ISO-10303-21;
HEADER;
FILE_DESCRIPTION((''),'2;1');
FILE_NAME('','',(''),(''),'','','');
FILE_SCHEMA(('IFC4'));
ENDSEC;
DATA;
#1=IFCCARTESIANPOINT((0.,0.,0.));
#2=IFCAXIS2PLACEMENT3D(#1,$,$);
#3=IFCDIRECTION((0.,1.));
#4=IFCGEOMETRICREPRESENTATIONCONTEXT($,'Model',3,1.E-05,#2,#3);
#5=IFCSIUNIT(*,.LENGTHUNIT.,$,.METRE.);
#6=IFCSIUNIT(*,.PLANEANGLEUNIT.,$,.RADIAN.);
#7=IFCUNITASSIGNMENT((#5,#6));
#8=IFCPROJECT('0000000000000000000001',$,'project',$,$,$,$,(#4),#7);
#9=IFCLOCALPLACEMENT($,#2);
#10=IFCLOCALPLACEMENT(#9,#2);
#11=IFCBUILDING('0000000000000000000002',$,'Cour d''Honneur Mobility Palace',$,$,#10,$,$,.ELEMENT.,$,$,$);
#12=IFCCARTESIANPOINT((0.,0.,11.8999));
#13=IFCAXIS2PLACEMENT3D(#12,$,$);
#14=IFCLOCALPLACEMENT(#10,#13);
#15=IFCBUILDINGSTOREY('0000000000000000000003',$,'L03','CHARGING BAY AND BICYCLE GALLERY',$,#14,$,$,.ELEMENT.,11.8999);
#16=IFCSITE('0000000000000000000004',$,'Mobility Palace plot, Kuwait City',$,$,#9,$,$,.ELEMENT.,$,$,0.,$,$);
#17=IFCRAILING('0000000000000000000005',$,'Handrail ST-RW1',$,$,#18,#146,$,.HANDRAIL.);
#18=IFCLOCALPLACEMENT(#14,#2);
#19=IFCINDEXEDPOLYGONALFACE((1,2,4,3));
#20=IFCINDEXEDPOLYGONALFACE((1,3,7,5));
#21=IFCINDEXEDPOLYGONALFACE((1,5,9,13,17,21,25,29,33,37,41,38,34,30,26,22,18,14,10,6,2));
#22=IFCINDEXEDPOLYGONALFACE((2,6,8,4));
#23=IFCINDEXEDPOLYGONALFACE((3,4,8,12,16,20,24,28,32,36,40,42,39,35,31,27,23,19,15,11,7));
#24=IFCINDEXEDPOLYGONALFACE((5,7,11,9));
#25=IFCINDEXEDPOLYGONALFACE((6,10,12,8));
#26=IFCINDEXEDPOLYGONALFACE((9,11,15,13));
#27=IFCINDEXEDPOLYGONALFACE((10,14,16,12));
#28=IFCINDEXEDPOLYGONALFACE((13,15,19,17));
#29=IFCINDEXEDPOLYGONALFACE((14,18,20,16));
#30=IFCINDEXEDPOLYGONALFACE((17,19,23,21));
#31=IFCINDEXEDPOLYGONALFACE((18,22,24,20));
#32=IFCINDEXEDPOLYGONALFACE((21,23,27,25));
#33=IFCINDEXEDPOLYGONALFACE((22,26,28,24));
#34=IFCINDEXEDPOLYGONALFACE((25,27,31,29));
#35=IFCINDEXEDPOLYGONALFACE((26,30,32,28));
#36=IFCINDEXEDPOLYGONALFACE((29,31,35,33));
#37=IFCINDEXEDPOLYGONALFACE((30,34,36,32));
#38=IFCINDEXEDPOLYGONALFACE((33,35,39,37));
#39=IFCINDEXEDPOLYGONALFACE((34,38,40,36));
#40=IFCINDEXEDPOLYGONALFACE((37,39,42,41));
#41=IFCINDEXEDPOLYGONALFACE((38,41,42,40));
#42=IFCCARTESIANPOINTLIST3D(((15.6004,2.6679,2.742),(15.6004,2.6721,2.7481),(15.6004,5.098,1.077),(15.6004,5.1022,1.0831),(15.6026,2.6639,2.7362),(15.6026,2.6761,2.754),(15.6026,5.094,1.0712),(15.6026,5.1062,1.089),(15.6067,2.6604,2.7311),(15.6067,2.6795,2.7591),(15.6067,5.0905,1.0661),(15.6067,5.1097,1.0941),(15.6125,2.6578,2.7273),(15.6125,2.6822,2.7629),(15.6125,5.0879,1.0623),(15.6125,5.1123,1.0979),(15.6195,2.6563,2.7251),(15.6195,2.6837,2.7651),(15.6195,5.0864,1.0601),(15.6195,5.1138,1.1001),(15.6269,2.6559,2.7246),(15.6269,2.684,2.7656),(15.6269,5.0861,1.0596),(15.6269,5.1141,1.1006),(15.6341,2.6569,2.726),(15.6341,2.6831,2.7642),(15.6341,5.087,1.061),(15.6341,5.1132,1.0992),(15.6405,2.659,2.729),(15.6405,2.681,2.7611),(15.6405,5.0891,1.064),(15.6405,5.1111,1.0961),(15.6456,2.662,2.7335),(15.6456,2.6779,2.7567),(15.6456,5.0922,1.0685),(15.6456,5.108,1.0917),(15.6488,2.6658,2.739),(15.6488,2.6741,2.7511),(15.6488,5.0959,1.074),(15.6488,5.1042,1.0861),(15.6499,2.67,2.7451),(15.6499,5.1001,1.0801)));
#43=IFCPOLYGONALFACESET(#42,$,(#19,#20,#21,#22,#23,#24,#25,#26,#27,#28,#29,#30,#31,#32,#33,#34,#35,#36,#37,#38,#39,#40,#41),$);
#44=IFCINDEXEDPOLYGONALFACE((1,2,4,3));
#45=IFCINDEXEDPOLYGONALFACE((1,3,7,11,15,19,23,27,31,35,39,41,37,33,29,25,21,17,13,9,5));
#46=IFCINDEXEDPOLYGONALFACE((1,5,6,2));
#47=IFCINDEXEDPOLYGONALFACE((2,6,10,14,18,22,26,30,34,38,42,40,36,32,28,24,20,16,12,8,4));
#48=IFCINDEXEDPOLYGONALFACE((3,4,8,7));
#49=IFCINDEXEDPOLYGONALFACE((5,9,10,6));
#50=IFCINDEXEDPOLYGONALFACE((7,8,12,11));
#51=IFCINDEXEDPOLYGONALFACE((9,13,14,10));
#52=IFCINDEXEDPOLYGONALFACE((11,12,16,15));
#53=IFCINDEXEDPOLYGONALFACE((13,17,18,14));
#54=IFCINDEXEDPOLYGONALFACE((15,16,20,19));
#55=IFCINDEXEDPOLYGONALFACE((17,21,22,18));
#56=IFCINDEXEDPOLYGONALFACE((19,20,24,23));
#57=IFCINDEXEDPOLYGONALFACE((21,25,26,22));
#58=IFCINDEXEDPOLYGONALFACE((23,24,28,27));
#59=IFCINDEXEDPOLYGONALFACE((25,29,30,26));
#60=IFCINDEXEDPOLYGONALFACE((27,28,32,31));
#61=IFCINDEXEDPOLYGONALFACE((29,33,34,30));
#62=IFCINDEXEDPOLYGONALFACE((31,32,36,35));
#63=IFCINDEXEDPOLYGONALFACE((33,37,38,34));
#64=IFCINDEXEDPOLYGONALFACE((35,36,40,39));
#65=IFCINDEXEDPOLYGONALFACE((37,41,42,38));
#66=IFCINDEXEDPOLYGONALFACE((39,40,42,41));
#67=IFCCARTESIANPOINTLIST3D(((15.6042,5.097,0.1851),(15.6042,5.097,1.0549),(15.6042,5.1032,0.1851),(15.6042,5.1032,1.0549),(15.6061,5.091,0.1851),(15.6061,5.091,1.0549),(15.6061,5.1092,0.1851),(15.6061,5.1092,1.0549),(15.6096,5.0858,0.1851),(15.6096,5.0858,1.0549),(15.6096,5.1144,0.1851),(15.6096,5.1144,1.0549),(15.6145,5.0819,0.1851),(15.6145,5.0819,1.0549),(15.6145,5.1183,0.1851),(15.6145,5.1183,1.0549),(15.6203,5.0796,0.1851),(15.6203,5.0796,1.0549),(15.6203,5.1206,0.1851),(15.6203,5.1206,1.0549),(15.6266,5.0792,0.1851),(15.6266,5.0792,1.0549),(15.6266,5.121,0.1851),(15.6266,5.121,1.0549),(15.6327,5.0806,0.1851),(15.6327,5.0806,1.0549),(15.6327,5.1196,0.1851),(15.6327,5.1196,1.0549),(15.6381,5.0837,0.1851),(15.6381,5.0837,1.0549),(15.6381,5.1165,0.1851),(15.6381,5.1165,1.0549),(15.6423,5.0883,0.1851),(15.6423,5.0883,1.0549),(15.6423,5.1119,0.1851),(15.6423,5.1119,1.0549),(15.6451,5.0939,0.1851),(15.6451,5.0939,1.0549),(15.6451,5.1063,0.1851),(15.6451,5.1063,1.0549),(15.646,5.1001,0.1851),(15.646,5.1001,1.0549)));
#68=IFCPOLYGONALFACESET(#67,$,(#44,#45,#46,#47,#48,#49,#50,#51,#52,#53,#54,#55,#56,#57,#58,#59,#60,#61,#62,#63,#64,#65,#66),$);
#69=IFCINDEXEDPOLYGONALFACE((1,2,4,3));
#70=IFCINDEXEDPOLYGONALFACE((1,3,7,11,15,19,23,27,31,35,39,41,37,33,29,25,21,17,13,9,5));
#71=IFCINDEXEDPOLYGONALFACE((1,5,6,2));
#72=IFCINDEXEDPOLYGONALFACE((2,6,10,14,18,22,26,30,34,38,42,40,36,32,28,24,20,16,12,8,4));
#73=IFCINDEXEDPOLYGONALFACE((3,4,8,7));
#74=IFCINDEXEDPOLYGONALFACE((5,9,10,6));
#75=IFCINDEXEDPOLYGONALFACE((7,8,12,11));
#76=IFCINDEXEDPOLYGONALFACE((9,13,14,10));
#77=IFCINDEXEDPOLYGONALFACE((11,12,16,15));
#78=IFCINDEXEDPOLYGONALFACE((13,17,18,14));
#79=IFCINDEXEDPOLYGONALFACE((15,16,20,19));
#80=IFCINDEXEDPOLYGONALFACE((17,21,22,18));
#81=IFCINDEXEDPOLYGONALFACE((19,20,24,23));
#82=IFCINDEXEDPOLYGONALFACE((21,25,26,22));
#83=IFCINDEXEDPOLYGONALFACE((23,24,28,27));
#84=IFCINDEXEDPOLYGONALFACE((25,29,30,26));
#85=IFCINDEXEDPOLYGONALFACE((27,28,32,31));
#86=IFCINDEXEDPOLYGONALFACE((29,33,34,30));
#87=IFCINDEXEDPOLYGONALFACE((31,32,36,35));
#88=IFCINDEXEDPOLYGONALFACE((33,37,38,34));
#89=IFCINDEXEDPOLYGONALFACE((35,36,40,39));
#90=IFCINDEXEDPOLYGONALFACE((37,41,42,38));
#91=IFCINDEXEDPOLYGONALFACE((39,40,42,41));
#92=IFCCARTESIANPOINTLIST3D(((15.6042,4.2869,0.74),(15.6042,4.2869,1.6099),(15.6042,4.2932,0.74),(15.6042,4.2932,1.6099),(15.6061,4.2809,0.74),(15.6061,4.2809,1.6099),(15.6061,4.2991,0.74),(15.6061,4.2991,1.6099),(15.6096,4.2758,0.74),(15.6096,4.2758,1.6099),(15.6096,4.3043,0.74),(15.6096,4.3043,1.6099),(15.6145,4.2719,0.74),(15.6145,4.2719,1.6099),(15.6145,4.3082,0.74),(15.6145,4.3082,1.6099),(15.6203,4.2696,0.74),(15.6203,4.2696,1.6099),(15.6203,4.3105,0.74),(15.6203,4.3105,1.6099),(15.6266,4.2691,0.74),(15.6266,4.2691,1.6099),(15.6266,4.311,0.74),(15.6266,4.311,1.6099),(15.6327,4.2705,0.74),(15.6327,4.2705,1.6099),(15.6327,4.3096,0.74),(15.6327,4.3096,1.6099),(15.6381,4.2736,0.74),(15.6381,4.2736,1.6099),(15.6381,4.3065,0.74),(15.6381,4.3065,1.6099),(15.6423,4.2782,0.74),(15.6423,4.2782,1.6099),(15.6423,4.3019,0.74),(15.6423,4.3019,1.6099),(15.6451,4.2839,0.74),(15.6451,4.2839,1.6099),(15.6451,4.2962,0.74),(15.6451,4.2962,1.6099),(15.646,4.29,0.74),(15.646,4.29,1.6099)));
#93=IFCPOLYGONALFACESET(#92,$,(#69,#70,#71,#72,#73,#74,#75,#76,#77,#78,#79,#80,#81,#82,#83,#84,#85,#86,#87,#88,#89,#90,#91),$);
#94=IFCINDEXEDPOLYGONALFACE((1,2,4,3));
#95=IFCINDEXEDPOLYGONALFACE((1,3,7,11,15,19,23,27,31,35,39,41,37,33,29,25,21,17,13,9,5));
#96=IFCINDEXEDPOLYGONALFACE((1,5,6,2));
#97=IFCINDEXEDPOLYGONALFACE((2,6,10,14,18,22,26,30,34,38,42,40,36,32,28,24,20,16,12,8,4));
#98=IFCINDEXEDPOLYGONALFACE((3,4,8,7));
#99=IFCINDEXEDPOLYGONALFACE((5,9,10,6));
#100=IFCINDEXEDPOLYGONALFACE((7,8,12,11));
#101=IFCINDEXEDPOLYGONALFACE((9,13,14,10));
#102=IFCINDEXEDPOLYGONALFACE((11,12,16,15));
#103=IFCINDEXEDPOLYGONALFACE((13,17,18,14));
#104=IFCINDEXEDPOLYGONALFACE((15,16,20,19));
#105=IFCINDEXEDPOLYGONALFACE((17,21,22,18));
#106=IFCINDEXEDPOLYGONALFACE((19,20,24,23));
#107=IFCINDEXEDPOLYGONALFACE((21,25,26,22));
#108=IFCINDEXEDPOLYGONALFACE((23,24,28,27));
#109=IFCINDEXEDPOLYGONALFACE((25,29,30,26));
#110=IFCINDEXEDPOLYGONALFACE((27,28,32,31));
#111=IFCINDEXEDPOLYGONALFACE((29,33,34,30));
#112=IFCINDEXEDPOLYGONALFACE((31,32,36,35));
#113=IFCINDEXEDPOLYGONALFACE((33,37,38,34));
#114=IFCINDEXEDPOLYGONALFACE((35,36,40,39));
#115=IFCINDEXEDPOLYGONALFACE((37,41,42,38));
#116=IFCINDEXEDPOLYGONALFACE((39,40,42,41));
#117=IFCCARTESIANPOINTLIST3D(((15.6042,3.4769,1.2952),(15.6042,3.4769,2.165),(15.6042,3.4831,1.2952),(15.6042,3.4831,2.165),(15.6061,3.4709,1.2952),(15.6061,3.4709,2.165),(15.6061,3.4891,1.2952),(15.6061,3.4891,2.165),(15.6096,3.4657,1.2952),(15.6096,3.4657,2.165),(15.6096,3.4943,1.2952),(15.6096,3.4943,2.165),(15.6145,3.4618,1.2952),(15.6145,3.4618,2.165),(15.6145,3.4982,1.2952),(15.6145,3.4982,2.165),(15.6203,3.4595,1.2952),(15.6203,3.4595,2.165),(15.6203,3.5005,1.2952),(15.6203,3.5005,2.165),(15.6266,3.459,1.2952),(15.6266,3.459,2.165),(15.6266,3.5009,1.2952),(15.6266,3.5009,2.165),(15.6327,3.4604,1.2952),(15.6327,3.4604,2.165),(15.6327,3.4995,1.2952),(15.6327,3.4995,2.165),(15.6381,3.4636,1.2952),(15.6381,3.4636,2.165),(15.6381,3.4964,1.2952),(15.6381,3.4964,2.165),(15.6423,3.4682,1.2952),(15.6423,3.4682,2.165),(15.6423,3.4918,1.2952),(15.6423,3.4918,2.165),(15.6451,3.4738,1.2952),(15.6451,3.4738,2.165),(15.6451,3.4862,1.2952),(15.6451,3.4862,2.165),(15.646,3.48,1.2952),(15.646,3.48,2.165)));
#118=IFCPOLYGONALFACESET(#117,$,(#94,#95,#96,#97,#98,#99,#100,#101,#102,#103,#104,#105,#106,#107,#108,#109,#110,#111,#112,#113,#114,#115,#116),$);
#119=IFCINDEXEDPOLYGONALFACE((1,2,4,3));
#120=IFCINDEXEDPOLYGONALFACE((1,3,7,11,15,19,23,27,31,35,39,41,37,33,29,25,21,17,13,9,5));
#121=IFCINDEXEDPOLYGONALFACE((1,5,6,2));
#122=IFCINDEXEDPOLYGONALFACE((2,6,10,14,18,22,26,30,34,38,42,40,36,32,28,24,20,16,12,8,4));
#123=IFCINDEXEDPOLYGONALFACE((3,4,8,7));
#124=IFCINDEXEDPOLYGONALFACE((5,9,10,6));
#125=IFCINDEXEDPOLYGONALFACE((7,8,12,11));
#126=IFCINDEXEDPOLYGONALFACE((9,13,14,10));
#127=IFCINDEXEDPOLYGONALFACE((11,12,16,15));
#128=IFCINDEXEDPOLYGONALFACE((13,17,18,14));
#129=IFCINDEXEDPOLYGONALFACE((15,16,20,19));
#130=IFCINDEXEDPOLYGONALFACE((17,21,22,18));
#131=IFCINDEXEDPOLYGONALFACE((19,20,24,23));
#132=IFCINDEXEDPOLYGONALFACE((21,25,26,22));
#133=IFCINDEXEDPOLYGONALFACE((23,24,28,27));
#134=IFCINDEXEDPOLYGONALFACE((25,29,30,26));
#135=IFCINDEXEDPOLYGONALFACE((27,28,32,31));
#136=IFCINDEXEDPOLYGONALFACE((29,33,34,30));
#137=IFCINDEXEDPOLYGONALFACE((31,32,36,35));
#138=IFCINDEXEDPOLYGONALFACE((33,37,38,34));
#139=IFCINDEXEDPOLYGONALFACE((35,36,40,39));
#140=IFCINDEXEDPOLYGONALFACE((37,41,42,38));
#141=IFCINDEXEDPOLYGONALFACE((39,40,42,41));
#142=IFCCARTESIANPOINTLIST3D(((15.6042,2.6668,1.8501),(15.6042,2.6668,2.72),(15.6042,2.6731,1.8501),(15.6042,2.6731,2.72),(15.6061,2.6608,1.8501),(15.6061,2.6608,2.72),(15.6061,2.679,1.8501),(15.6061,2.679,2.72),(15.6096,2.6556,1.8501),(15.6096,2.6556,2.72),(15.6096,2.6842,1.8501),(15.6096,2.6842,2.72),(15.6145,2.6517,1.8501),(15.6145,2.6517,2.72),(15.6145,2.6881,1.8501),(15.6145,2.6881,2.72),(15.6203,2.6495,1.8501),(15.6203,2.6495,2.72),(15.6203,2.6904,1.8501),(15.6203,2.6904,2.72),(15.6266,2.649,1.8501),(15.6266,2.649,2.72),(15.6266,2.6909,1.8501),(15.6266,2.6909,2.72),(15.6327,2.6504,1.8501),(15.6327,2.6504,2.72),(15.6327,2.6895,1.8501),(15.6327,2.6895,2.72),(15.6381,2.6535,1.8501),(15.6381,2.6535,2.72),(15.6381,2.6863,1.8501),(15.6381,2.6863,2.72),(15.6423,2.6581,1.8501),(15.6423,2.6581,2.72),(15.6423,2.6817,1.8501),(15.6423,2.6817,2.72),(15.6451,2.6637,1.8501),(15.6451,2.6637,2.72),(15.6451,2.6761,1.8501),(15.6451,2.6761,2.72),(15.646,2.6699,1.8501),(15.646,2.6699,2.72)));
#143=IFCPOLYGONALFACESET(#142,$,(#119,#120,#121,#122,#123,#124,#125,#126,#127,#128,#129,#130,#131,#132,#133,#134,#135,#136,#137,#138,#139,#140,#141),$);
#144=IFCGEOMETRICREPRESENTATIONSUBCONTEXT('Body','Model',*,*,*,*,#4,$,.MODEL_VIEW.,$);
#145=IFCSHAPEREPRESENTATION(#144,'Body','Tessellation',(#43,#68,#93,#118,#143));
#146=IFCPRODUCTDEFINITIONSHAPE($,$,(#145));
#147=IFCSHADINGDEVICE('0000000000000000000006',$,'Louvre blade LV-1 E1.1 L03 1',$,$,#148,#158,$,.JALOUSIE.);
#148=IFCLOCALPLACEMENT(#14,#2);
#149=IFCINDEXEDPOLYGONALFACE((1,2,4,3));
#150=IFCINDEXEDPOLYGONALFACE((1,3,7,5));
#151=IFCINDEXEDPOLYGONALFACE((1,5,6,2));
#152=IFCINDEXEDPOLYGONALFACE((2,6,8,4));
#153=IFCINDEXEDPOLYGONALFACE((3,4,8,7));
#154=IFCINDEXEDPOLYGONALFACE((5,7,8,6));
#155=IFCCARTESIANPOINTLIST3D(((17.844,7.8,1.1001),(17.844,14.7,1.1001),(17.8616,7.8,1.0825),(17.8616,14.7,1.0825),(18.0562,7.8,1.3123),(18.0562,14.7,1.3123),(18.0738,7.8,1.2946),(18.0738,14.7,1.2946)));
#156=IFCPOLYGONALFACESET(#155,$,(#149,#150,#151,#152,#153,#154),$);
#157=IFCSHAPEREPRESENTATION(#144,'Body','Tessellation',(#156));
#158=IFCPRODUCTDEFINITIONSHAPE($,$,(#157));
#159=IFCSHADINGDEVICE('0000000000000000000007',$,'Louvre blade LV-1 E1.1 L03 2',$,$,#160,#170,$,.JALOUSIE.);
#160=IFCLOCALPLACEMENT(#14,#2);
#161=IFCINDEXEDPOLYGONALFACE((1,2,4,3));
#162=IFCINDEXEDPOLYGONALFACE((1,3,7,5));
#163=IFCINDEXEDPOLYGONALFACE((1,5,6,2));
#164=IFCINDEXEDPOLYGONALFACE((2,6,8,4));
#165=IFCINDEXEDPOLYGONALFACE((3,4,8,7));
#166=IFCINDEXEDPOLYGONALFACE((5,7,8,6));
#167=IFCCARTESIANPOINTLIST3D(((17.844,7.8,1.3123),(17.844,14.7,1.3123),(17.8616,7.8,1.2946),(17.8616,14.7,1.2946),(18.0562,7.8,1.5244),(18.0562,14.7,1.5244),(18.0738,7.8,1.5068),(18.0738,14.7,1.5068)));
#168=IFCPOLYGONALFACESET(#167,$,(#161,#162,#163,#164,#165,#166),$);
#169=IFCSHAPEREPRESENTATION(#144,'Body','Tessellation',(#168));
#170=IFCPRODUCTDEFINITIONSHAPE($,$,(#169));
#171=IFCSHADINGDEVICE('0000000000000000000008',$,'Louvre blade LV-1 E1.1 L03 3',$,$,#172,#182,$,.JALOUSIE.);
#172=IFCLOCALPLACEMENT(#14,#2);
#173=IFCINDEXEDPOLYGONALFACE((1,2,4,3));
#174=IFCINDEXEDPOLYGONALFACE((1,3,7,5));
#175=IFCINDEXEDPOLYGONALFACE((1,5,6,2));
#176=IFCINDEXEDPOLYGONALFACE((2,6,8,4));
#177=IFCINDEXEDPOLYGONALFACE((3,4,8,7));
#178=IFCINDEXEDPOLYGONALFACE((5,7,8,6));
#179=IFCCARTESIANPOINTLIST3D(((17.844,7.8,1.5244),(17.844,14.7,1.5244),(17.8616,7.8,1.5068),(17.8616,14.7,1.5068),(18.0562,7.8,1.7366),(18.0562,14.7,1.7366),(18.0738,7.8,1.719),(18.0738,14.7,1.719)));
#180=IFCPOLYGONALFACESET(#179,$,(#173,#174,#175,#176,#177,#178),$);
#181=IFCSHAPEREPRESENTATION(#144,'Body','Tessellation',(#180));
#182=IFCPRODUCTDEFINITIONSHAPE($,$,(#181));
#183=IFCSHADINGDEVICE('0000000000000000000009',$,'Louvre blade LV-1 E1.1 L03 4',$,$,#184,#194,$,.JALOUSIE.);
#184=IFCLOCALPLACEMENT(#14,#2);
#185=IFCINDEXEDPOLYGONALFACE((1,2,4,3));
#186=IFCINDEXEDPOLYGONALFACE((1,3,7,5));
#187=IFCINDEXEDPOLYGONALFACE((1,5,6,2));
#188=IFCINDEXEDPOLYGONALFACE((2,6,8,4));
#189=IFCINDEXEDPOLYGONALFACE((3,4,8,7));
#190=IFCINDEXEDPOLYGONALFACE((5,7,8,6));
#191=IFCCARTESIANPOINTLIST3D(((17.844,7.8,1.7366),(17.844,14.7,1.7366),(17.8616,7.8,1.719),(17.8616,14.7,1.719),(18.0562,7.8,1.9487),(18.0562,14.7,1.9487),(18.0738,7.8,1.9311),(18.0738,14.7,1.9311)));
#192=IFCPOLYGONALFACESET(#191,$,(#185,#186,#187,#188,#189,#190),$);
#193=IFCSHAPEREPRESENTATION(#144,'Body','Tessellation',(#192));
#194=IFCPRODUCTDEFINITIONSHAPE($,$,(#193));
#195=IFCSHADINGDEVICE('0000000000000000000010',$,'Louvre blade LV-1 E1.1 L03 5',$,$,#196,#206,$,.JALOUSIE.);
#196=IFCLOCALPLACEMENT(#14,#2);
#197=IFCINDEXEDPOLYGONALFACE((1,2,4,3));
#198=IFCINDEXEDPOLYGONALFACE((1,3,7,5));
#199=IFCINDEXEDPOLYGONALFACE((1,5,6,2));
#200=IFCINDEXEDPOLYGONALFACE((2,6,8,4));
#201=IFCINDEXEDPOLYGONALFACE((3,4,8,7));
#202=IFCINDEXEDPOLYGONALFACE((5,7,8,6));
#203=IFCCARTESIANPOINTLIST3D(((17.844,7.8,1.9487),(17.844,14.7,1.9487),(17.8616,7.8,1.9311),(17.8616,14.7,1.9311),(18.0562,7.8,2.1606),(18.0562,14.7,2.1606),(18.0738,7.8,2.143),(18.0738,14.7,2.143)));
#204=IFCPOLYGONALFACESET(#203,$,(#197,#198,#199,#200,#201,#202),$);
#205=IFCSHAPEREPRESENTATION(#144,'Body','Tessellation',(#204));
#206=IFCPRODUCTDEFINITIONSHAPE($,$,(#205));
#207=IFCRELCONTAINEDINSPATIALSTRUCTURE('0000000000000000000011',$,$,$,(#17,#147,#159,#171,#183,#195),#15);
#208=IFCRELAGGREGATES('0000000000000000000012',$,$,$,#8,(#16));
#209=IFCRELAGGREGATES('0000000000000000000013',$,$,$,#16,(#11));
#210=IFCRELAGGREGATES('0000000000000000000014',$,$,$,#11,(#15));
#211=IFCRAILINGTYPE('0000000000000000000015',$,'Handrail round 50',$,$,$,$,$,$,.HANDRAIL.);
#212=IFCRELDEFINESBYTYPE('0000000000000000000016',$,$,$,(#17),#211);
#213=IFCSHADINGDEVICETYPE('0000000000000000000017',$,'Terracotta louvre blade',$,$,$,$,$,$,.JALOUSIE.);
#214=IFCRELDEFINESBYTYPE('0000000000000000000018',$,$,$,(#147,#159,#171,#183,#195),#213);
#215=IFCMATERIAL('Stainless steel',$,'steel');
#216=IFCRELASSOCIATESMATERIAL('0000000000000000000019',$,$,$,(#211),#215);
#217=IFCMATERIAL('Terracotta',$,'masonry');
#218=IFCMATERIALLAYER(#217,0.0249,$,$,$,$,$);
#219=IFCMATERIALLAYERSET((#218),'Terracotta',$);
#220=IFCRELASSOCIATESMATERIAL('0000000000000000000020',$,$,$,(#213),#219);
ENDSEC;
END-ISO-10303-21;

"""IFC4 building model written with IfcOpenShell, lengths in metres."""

from ifc_helpers import new_model, si_unit, direction, frame, origin, origin_2d, place, context, subcontext, project, spatial, polyline, circle, outline, extrude, material, layer, layer_set, type_object, element, save


model = new_model("IFC4")

# Units and contexts
model_context = context("Model", 3, precision=1e-05, world=origin(), true_north=direction((0.0, 1.0)))
body_context = subcontext(model_context, "Body", "Model", "MODEL_VIEW")
ifc_project = project(units=[si_unit("LENGTHUNIT", "METRE"), si_unit("PLANEANGLEUNIT", "RADIAN")], contexts=[model_context])

# Site, building, storey
site_placement = place(None, origin())
site = spatial("IfcSite", under=ifc_project, at=site_placement, Name="Mobility Palace plot, Kuwait City", CompositionType="ELEMENT", RefElevation=0.0)
building_placement = place(site_placement, origin())
building = spatial("IfcBuilding", under=site, at=building_placement, Name="Cour d'Honneur Mobility Palace", CompositionType="ELEMENT")
storey_placement = place(building_placement, frame((0.0, 0.0, 11.8999)))
storey = spatial("IfcBuildingStorey", under=building, at=storey_placement, Name="L03", Description="CHARGING BAY AND BICYCLE GALLERY", CompositionType="ELEMENT", Elevation=11.8999)

# Railing
ifc_material_1 = material(Name="Stainless steel", Category="steel")
railing_type_1 = type_object("IfcRailingType", Name="Handrail round 50", PredefinedType="HANDRAIL", material=ifc_material_1)
for number, where, name in (
    (1, (15.625, 5.1001, 0.1851), "Handrail ST-RW1"),
):
    element("IfcRailing", number, at=place(storey_placement, frame(where)), inside=storey, type_object=railing_type_1, Name=name, PredefinedType="HANDRAIL", context=body_context, shape_type="SweptSolid", body=[
        extrude(circle(Radius=0.0249, at=origin_2d()), frame((0.0, 0.0, 0.895), z_axis=(0.0, -0.824945, 0.565213), x_axis=(1.0, 0.0, 0.0)), (0.0, 0.0, 1.0), 2.9458),
        extrude(circle(Radius=0.021, at=origin_2d()), origin(), (0.0, 0.0, 1.0), 0.8699),
        extrude(circle(Radius=0.021, at=origin_2d()), frame((0.0, -0.8101, 0.5549)), (0.0, 0.0, 1.0), 0.8699),
        extrude(circle(Radius=0.021, at=origin_2d()), frame((0.0, -1.6201, 1.1101)), (0.0, 0.0, 1.0), 0.8699),
        extrude(circle(Radius=0.021, at=origin_2d()), frame((0.0, -2.4302, 1.665)), (0.0, 0.0, 1.0), 0.8699),
    ])

# Shading devices
ifc_material_2 = material(Name="Terracotta", Category="masonry")
ifc_layer_1 = layer(ifc_material_2, 0.0249)
ifc_layer_set_1 = layer_set([ifc_layer_1], Name="Terracotta")
shading_device_type = type_object("IfcShadingDeviceType", Name="Terracotta louvre blade", PredefinedType="JALOUSIE", material=ifc_layer_set_1)
for number, where, z_axis, x_axis, name in (
    (2, (17.844, 7.8, 1.1001), (-0.707107, 0.0, 0.707107), (0.0, 1.0, 0.0), "Louvre blade LV-1 E1.1 L03 1"),
    (3, (17.844, 7.8, 1.3123), (-0.707107, 0.0, 0.707107), (0.0, 1.0, 0.0), "Louvre blade LV-1 E1.1 L03 2"),
    (4, (17.844, 7.8, 1.5244), (-0.707107, 0.0, 0.707107), (0.0, 1.0, 0.0), "Louvre blade LV-1 E1.1 L03 3"),
    (5, (17.844, 7.8, 1.7366), (-0.707107, 0.0, 0.707107), (0.0, 1.0, 0.0), "Louvre blade LV-1 E1.1 L03 4"),
):
    element("IfcShadingDevice", number, at=place(storey_placement, frame(where, z_axis=z_axis, x_axis=x_axis)), inside=storey, type_object=shading_device_type, Name=name, PredefinedType="JALOUSIE", context=body_context, shape_type="SweptSolid", body=[
        extrude(outline(polyline([(0.0, 0.0), (6.8999, 0.0), (6.8999, -0.3), (0.0, -0.3), (0.0, 0.0)])), origin(), (0.0, 0.0, -1.0), 0.0249),
    ])
shading_device_placement = place(storey_placement, frame((17.844, 7.8, 1.9487), z_axis=(-0.7067, 0.0, 0.707514), x_axis=(0.0, 1.0, 0.0)))
element("IfcShadingDevice", 6, at=shading_device_placement, inside=storey, type_object=shading_device_type, Name="Louvre blade LV-1 E1.1 L03 5", PredefinedType="JALOUSIE", context=body_context, shape_type="SweptSolid", body=[
    extrude(outline(polyline([(0.0, 0.0), (6.8999, 0.0), (6.8999, -0.2999), (0.0, -0.2999), (0.0, 0.0)])), origin(), (0.0, 0.0, -1.0), 0.0249),
])

save(model, "model.ifc")
